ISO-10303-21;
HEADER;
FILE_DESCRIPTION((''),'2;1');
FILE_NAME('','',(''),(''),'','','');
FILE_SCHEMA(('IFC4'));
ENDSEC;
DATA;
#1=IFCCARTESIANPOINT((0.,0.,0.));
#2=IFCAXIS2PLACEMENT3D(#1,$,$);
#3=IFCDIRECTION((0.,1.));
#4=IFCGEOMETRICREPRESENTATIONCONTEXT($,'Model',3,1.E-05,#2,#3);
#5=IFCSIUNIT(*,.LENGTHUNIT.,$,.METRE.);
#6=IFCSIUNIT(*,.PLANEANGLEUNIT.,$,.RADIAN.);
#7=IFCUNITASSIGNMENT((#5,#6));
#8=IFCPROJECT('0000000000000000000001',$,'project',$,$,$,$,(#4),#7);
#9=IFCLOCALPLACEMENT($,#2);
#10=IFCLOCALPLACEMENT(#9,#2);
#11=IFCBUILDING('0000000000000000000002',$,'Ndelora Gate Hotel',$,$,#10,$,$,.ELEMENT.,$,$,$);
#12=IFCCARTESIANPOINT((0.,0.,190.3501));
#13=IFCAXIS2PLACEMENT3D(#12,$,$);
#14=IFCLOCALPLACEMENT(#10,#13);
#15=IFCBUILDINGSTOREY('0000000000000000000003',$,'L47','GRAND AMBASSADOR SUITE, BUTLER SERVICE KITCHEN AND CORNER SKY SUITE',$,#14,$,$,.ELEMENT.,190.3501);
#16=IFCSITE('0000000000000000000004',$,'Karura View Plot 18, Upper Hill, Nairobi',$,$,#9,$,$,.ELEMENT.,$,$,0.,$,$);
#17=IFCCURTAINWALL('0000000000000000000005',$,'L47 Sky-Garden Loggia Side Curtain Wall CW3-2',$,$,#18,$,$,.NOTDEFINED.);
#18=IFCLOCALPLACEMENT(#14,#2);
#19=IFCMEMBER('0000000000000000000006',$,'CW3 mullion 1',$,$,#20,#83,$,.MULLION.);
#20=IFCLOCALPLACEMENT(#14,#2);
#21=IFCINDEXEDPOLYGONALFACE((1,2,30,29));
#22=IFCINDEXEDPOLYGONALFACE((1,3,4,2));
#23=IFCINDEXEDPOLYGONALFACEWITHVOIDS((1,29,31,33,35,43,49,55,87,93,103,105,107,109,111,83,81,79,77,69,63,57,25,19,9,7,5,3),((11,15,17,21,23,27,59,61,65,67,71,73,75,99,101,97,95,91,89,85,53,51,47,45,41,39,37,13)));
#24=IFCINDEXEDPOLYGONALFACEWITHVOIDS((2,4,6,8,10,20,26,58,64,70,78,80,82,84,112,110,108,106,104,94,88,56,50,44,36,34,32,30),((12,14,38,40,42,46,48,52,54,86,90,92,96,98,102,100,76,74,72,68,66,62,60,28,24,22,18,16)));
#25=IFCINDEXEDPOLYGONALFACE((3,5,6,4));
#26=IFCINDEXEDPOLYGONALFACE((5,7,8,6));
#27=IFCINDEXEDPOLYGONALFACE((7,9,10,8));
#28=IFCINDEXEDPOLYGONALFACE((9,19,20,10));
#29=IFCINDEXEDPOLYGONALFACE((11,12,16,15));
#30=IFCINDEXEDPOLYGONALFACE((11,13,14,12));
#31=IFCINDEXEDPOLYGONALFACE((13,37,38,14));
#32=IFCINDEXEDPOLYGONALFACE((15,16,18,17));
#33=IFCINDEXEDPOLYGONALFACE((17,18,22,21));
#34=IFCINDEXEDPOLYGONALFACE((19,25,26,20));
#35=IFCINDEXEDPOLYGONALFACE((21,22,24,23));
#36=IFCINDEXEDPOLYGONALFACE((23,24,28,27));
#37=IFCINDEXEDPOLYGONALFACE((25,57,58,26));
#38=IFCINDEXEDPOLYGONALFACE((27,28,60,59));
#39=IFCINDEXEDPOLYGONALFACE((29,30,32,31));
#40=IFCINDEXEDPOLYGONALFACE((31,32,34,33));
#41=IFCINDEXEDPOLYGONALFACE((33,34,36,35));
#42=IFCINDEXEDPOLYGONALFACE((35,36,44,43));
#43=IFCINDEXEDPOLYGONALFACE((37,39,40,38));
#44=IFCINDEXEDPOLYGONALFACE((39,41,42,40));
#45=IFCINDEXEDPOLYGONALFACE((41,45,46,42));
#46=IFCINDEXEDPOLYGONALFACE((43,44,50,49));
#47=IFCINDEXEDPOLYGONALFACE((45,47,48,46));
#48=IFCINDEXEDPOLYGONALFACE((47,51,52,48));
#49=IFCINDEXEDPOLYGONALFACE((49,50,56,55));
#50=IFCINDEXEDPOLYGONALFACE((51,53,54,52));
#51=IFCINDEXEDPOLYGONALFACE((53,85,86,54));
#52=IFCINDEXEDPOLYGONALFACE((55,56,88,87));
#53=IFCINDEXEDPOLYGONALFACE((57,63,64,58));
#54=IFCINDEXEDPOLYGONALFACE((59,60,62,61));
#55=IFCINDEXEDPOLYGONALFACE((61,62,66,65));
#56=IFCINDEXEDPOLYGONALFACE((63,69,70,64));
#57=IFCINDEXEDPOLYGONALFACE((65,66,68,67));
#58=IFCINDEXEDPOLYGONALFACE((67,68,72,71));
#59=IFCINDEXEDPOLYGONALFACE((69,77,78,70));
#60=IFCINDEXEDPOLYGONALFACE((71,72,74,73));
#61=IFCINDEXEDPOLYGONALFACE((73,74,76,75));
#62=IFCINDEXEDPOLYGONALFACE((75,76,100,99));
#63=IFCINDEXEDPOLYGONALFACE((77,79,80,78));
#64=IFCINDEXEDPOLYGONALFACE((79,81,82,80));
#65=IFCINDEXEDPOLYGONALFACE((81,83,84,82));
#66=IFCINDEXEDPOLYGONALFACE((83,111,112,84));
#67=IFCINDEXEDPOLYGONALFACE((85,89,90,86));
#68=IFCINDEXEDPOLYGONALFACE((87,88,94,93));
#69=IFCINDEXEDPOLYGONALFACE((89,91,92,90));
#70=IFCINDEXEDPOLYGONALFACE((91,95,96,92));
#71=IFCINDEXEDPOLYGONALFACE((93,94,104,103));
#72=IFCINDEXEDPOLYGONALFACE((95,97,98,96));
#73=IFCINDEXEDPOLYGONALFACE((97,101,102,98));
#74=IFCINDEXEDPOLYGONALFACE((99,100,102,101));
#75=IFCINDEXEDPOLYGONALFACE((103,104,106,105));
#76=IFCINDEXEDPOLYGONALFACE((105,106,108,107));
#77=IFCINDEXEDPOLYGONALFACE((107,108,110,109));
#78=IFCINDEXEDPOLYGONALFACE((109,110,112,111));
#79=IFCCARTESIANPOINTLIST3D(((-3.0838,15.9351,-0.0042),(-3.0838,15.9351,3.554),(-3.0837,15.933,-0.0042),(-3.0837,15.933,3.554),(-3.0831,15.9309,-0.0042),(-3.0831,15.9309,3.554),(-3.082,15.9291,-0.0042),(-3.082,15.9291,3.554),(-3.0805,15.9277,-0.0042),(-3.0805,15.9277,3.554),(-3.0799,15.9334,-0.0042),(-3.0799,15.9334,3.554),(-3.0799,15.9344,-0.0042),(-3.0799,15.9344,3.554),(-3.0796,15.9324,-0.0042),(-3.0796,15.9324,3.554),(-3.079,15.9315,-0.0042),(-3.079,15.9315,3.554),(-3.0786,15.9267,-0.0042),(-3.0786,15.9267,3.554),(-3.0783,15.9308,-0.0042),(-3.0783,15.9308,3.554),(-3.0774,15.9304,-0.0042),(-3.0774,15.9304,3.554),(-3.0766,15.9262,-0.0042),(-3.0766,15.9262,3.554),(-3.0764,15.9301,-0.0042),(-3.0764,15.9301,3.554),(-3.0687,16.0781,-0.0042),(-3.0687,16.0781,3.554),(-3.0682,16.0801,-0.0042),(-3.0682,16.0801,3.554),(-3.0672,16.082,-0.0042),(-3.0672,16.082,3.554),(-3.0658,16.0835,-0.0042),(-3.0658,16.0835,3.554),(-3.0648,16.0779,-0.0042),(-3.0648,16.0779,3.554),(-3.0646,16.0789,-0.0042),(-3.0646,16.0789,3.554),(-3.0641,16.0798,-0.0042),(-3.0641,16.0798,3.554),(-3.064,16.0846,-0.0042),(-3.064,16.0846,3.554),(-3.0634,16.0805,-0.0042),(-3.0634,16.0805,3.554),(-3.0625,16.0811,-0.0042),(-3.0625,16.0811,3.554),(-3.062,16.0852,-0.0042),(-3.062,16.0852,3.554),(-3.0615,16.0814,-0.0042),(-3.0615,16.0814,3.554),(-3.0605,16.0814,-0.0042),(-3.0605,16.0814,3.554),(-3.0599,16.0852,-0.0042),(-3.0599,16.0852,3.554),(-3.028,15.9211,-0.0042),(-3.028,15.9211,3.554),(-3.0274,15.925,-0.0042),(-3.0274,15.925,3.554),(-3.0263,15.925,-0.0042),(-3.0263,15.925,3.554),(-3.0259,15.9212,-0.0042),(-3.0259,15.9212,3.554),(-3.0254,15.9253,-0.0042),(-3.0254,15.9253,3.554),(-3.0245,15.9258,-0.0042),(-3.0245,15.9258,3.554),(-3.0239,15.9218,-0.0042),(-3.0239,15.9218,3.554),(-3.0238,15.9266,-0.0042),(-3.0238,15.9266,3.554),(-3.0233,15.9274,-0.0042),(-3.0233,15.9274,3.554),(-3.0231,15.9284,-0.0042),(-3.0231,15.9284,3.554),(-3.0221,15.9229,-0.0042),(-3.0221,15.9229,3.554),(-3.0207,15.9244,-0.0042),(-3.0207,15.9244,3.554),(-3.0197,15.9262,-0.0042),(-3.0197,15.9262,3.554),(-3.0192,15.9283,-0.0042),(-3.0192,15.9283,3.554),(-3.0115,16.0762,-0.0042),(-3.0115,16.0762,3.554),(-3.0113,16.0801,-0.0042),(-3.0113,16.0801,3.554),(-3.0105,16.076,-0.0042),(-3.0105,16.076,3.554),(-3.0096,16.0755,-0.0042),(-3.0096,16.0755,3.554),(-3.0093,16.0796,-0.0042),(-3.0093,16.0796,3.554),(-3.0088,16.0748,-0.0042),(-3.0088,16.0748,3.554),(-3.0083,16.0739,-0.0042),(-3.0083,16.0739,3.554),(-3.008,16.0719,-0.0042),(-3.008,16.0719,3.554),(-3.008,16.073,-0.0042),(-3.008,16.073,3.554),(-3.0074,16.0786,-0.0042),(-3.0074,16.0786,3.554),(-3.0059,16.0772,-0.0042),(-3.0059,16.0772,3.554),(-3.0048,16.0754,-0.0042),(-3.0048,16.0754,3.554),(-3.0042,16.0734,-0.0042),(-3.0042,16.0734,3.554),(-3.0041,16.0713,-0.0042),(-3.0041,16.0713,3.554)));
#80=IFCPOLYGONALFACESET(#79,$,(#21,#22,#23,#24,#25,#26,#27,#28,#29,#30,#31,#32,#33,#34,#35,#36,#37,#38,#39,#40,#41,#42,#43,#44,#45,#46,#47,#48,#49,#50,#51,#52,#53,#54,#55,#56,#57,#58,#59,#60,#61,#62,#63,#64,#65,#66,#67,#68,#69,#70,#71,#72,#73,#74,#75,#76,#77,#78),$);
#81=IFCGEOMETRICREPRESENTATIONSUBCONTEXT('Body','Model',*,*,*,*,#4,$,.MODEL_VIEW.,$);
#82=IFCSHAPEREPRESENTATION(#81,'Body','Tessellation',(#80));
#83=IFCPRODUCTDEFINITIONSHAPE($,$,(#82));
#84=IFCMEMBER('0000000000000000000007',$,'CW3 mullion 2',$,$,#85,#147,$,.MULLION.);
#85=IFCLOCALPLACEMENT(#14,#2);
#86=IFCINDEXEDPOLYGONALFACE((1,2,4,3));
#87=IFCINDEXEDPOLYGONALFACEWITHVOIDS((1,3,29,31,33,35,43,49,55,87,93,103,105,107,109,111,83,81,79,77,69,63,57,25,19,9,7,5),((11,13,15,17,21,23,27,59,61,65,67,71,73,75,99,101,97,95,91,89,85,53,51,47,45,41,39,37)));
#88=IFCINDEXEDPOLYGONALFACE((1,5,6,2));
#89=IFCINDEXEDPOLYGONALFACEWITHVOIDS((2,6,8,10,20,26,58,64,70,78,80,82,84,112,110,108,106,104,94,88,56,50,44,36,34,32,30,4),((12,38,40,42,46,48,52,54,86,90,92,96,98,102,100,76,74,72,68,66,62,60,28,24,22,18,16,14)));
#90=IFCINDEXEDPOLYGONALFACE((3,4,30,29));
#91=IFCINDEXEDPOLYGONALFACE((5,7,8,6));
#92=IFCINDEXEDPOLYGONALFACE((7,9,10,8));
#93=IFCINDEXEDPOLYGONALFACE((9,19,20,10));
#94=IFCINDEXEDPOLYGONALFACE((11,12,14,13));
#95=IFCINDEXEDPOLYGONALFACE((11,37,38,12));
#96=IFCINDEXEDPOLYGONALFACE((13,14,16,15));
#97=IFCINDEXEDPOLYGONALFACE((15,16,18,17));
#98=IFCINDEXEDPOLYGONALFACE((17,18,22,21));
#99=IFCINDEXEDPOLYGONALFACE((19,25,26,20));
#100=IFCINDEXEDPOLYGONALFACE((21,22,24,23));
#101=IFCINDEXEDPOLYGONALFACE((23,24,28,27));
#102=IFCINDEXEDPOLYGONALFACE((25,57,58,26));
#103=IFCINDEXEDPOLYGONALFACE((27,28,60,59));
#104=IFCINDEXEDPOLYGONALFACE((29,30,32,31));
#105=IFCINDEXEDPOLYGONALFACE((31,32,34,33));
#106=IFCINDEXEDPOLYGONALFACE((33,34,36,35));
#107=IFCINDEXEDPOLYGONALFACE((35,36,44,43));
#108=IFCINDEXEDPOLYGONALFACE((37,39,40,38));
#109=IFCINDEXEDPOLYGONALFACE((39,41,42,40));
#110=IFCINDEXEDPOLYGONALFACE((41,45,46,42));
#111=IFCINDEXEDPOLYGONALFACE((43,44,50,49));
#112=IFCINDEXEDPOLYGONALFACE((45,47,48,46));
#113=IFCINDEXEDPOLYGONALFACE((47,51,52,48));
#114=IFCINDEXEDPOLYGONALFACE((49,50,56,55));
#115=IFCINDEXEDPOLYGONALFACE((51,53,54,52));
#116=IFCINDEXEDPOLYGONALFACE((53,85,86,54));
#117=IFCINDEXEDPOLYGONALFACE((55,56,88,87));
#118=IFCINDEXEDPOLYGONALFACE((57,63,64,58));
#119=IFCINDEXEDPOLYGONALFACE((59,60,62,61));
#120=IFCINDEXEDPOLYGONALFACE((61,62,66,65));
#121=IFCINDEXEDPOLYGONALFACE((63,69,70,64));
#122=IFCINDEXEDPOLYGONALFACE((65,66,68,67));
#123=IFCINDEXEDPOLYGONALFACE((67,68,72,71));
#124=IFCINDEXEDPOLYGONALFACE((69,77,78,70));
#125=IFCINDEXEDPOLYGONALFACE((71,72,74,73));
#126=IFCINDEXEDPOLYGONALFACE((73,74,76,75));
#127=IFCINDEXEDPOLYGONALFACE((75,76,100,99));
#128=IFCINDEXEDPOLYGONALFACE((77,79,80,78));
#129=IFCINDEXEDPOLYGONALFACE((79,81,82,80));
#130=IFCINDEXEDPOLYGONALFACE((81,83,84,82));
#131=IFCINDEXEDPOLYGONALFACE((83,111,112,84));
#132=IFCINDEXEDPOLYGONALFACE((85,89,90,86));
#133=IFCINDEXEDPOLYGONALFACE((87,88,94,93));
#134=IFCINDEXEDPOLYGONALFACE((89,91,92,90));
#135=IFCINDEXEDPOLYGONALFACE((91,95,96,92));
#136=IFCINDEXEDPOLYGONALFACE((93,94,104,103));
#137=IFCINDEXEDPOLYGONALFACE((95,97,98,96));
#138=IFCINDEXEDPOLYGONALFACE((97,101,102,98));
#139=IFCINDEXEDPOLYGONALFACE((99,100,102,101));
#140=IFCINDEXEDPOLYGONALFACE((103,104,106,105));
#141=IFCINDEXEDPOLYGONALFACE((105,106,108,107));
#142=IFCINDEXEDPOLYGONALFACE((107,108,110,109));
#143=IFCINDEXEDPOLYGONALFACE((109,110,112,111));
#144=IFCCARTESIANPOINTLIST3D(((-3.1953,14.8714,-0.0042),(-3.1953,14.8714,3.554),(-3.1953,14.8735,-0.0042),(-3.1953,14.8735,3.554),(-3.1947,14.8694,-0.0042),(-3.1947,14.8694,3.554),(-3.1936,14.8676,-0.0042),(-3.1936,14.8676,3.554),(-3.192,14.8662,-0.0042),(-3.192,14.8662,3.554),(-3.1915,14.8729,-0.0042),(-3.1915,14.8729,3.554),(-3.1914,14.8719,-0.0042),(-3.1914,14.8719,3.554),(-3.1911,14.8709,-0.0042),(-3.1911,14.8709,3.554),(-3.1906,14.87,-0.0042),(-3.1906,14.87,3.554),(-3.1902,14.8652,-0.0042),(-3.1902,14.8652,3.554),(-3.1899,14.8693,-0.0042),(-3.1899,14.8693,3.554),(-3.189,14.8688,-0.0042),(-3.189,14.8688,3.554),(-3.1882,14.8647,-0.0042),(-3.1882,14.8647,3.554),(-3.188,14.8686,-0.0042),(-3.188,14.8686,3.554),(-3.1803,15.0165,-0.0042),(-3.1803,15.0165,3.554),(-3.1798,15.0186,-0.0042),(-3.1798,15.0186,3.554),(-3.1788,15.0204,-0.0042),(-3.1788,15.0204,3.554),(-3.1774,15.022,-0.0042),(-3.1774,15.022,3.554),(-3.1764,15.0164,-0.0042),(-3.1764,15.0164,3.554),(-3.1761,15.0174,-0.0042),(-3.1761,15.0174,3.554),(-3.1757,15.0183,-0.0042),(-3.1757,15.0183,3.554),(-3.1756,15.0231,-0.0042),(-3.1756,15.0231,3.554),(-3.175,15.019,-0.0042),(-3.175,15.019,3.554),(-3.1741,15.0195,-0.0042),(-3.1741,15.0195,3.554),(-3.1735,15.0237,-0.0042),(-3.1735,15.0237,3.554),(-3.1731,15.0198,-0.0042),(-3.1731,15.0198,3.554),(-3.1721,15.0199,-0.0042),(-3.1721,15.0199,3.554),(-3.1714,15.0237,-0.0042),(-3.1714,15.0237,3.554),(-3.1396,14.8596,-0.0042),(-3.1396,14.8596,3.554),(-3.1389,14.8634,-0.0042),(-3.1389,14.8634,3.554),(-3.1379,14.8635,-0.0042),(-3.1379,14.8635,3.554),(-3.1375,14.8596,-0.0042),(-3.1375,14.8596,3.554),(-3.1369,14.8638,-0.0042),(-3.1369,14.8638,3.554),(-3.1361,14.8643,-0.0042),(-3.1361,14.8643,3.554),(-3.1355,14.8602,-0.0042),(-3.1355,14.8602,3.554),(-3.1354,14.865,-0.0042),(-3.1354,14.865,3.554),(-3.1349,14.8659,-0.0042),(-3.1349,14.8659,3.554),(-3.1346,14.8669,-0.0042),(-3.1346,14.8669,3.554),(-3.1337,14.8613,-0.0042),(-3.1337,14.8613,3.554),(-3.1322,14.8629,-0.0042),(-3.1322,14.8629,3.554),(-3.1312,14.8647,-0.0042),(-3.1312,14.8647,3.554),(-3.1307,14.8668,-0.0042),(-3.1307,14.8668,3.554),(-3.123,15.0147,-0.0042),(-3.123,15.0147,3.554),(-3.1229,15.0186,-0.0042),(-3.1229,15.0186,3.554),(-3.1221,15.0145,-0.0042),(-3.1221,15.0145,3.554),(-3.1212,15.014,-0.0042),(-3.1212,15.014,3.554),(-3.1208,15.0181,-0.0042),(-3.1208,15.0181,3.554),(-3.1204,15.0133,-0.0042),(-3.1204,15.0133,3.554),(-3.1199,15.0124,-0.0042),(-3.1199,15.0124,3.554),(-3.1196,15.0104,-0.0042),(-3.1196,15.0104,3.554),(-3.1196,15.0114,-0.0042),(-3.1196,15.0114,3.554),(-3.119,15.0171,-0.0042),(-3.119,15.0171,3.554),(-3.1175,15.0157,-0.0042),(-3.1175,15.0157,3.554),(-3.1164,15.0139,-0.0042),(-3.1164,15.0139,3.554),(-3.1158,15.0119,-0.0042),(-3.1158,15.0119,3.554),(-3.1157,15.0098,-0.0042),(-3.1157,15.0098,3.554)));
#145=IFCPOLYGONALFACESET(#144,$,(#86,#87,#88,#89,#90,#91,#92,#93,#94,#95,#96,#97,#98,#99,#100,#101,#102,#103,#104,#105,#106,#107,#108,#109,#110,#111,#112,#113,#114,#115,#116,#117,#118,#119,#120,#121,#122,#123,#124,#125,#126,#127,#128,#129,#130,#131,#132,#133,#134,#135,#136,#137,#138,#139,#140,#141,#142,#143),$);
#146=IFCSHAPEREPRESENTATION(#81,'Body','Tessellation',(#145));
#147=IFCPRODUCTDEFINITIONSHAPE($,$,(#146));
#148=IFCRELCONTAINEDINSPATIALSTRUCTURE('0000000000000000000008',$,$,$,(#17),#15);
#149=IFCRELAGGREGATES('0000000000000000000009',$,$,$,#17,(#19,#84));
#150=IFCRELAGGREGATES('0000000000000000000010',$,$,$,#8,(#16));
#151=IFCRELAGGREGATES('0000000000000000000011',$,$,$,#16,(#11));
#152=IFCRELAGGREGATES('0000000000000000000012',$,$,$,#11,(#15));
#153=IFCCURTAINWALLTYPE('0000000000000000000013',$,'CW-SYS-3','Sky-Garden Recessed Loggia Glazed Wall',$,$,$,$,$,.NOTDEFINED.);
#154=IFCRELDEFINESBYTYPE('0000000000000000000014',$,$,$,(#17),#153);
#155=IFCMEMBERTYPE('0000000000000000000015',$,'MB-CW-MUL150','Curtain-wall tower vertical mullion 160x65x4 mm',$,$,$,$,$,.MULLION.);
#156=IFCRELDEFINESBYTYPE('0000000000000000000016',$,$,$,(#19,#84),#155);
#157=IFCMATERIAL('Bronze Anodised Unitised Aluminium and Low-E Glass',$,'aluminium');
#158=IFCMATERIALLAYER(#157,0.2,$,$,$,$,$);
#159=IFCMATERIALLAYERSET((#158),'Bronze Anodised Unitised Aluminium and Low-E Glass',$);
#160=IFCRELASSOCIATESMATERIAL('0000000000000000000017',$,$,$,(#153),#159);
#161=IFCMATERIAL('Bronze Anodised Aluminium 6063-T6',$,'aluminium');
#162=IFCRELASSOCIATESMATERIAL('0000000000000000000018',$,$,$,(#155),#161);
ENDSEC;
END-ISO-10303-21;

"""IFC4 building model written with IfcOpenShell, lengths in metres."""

from ifc_helpers import new_model, si_unit, direction, frame, origin, origin_2d, place, context, subcontext, project, spatial, hollow_rectangle, extrude, material, layer, layer_set, material_profile, profile_set, type_object, element, aggregate, save


model = new_model("IFC4")

# Units and contexts
model_context = context("Model", 3, precision=1e-05, world=origin(), true_north=direction((0.0, 1.0)))
body_context = subcontext(model_context, "Body", "Model", "MODEL_VIEW")
ifc_project = project(units=[si_unit("LENGTHUNIT", "METRE"), si_unit("PLANEANGLEUNIT", "RADIAN")], contexts=[model_context])

# Site, building, storey
site_placement = place(None, origin())
site = spatial("IfcSite", under=ifc_project, at=site_placement, Name="Karura View Plot 18, Upper Hill, Nairobi", CompositionType="ELEMENT", RefElevation=0.0)
building_placement = place(site_placement, origin())
building = spatial("IfcBuilding", under=site, at=building_placement, Name="Ndelora Gate Hotel", CompositionType="ELEMENT")
storey_placement = place(building_placement, frame((0.0, 0.0, 190.3501)))
storey = spatial("IfcBuildingStorey", under=building, at=storey_placement, Name="L47", Description="GRAND AMBASSADOR SUITE, BUTLER SERVICE KITCHEN AND CORNER SKY SUITE", CompositionType="ELEMENT", Elevation=190.3501)

# Curtain wall, members
ifc_material_1 = material(Name="Bronze Anodised Unitised Aluminium and Low-E Glass", Category="aluminium")
ifc_layer_1 = layer(ifc_material_1, 0.2)
ifc_layer_set_1 = layer_set([ifc_layer_1], Name="Bronze Anodised Unitised Aluminium and Low-E Glass")
curtain_wall_type = type_object("IfcCurtainWallType", Name="CW-SYS-3", Description="Sky-Garden Recessed Loggia Glazed Wall", PredefinedType="NOTDEFINED", material=ifc_layer_set_1)
curtain_wall_placement = place(storey_placement, origin())
curtain_wall = element("IfcCurtainWall", 1, at=curtain_wall_placement, inside=storey, type_object=curtain_wall_type, Name="L47 Sky-Garden Loggia Side Curtain Wall CW3-2", PredefinedType="NOTDEFINED")
ifc_material_2 = material(Name="Bronze Anodised Aluminium 6063-T6", Category="aluminium")
ifc_material_profile_1 = material_profile(ifc_material_2, hollow_rectangle(XDim=0.0649, YDim=0.1599, WallThickness=0.0039, InnerFilletRadius=0.0039, OuterFilletRadius=0.0081, at=origin_2d()), Name="ALU 160x65x4")
ifc_profile_set_1 = profile_set([ifc_material_profile_1], Name="Bronze Anodised Aluminium 6063-T6")
member_type_1 = type_object("IfcMemberType", Name="MB-CW-MUL150", Description="Curtain-wall tower vertical mullion 160x65x4 mm", PredefinedType="MULLION", material=ifc_profile_set_1)
member_1_placement = place(storey_placement, frame((-3.0439, 16.0032, -0.0042), z_axis=(0.0, 0.0, 1.0), x_axis=(0.994525, -0.104498, 0.0)))
member_1 = element("IfcMember", 2, at=member_1_placement, type_object=member_type_1, Name="CW3 mullion 1", PredefinedType="MULLION", context=body_context, shape_type="SweptSolid", body=[
    extrude(hollow_rectangle(XDim=0.0649, YDim=0.1599, WallThickness=0.0039, InnerFilletRadius=0.0039, OuterFilletRadius=0.0081, at=origin_2d()), origin(), (0.0, 0.0, 1.0), 3.5581),
])
member_2_placement = place(storey_placement, frame((-3.1555, 14.9417, -0.0042), z_axis=(0.0, 0.0, 1.0), x_axis=(0.994525, -0.104498, 0.0)))
member_2 = element("IfcMember", 3, at=member_2_placement, type_object=member_type_1, Name="CW3 mullion 2", PredefinedType="MULLION", context=body_context, shape_type="SweptSolid", body=[
    extrude(hollow_rectangle(XDim=0.0649, YDim=0.1599, WallThickness=0.0039, InnerFilletRadius=0.0039, OuterFilletRadius=0.0081, at=origin_2d()), origin(), (0.0, 0.0, 1.0), 3.5581),
])
aggregate(curtain_wall, [member_1, member_2])

save(model, "model.ifc")
